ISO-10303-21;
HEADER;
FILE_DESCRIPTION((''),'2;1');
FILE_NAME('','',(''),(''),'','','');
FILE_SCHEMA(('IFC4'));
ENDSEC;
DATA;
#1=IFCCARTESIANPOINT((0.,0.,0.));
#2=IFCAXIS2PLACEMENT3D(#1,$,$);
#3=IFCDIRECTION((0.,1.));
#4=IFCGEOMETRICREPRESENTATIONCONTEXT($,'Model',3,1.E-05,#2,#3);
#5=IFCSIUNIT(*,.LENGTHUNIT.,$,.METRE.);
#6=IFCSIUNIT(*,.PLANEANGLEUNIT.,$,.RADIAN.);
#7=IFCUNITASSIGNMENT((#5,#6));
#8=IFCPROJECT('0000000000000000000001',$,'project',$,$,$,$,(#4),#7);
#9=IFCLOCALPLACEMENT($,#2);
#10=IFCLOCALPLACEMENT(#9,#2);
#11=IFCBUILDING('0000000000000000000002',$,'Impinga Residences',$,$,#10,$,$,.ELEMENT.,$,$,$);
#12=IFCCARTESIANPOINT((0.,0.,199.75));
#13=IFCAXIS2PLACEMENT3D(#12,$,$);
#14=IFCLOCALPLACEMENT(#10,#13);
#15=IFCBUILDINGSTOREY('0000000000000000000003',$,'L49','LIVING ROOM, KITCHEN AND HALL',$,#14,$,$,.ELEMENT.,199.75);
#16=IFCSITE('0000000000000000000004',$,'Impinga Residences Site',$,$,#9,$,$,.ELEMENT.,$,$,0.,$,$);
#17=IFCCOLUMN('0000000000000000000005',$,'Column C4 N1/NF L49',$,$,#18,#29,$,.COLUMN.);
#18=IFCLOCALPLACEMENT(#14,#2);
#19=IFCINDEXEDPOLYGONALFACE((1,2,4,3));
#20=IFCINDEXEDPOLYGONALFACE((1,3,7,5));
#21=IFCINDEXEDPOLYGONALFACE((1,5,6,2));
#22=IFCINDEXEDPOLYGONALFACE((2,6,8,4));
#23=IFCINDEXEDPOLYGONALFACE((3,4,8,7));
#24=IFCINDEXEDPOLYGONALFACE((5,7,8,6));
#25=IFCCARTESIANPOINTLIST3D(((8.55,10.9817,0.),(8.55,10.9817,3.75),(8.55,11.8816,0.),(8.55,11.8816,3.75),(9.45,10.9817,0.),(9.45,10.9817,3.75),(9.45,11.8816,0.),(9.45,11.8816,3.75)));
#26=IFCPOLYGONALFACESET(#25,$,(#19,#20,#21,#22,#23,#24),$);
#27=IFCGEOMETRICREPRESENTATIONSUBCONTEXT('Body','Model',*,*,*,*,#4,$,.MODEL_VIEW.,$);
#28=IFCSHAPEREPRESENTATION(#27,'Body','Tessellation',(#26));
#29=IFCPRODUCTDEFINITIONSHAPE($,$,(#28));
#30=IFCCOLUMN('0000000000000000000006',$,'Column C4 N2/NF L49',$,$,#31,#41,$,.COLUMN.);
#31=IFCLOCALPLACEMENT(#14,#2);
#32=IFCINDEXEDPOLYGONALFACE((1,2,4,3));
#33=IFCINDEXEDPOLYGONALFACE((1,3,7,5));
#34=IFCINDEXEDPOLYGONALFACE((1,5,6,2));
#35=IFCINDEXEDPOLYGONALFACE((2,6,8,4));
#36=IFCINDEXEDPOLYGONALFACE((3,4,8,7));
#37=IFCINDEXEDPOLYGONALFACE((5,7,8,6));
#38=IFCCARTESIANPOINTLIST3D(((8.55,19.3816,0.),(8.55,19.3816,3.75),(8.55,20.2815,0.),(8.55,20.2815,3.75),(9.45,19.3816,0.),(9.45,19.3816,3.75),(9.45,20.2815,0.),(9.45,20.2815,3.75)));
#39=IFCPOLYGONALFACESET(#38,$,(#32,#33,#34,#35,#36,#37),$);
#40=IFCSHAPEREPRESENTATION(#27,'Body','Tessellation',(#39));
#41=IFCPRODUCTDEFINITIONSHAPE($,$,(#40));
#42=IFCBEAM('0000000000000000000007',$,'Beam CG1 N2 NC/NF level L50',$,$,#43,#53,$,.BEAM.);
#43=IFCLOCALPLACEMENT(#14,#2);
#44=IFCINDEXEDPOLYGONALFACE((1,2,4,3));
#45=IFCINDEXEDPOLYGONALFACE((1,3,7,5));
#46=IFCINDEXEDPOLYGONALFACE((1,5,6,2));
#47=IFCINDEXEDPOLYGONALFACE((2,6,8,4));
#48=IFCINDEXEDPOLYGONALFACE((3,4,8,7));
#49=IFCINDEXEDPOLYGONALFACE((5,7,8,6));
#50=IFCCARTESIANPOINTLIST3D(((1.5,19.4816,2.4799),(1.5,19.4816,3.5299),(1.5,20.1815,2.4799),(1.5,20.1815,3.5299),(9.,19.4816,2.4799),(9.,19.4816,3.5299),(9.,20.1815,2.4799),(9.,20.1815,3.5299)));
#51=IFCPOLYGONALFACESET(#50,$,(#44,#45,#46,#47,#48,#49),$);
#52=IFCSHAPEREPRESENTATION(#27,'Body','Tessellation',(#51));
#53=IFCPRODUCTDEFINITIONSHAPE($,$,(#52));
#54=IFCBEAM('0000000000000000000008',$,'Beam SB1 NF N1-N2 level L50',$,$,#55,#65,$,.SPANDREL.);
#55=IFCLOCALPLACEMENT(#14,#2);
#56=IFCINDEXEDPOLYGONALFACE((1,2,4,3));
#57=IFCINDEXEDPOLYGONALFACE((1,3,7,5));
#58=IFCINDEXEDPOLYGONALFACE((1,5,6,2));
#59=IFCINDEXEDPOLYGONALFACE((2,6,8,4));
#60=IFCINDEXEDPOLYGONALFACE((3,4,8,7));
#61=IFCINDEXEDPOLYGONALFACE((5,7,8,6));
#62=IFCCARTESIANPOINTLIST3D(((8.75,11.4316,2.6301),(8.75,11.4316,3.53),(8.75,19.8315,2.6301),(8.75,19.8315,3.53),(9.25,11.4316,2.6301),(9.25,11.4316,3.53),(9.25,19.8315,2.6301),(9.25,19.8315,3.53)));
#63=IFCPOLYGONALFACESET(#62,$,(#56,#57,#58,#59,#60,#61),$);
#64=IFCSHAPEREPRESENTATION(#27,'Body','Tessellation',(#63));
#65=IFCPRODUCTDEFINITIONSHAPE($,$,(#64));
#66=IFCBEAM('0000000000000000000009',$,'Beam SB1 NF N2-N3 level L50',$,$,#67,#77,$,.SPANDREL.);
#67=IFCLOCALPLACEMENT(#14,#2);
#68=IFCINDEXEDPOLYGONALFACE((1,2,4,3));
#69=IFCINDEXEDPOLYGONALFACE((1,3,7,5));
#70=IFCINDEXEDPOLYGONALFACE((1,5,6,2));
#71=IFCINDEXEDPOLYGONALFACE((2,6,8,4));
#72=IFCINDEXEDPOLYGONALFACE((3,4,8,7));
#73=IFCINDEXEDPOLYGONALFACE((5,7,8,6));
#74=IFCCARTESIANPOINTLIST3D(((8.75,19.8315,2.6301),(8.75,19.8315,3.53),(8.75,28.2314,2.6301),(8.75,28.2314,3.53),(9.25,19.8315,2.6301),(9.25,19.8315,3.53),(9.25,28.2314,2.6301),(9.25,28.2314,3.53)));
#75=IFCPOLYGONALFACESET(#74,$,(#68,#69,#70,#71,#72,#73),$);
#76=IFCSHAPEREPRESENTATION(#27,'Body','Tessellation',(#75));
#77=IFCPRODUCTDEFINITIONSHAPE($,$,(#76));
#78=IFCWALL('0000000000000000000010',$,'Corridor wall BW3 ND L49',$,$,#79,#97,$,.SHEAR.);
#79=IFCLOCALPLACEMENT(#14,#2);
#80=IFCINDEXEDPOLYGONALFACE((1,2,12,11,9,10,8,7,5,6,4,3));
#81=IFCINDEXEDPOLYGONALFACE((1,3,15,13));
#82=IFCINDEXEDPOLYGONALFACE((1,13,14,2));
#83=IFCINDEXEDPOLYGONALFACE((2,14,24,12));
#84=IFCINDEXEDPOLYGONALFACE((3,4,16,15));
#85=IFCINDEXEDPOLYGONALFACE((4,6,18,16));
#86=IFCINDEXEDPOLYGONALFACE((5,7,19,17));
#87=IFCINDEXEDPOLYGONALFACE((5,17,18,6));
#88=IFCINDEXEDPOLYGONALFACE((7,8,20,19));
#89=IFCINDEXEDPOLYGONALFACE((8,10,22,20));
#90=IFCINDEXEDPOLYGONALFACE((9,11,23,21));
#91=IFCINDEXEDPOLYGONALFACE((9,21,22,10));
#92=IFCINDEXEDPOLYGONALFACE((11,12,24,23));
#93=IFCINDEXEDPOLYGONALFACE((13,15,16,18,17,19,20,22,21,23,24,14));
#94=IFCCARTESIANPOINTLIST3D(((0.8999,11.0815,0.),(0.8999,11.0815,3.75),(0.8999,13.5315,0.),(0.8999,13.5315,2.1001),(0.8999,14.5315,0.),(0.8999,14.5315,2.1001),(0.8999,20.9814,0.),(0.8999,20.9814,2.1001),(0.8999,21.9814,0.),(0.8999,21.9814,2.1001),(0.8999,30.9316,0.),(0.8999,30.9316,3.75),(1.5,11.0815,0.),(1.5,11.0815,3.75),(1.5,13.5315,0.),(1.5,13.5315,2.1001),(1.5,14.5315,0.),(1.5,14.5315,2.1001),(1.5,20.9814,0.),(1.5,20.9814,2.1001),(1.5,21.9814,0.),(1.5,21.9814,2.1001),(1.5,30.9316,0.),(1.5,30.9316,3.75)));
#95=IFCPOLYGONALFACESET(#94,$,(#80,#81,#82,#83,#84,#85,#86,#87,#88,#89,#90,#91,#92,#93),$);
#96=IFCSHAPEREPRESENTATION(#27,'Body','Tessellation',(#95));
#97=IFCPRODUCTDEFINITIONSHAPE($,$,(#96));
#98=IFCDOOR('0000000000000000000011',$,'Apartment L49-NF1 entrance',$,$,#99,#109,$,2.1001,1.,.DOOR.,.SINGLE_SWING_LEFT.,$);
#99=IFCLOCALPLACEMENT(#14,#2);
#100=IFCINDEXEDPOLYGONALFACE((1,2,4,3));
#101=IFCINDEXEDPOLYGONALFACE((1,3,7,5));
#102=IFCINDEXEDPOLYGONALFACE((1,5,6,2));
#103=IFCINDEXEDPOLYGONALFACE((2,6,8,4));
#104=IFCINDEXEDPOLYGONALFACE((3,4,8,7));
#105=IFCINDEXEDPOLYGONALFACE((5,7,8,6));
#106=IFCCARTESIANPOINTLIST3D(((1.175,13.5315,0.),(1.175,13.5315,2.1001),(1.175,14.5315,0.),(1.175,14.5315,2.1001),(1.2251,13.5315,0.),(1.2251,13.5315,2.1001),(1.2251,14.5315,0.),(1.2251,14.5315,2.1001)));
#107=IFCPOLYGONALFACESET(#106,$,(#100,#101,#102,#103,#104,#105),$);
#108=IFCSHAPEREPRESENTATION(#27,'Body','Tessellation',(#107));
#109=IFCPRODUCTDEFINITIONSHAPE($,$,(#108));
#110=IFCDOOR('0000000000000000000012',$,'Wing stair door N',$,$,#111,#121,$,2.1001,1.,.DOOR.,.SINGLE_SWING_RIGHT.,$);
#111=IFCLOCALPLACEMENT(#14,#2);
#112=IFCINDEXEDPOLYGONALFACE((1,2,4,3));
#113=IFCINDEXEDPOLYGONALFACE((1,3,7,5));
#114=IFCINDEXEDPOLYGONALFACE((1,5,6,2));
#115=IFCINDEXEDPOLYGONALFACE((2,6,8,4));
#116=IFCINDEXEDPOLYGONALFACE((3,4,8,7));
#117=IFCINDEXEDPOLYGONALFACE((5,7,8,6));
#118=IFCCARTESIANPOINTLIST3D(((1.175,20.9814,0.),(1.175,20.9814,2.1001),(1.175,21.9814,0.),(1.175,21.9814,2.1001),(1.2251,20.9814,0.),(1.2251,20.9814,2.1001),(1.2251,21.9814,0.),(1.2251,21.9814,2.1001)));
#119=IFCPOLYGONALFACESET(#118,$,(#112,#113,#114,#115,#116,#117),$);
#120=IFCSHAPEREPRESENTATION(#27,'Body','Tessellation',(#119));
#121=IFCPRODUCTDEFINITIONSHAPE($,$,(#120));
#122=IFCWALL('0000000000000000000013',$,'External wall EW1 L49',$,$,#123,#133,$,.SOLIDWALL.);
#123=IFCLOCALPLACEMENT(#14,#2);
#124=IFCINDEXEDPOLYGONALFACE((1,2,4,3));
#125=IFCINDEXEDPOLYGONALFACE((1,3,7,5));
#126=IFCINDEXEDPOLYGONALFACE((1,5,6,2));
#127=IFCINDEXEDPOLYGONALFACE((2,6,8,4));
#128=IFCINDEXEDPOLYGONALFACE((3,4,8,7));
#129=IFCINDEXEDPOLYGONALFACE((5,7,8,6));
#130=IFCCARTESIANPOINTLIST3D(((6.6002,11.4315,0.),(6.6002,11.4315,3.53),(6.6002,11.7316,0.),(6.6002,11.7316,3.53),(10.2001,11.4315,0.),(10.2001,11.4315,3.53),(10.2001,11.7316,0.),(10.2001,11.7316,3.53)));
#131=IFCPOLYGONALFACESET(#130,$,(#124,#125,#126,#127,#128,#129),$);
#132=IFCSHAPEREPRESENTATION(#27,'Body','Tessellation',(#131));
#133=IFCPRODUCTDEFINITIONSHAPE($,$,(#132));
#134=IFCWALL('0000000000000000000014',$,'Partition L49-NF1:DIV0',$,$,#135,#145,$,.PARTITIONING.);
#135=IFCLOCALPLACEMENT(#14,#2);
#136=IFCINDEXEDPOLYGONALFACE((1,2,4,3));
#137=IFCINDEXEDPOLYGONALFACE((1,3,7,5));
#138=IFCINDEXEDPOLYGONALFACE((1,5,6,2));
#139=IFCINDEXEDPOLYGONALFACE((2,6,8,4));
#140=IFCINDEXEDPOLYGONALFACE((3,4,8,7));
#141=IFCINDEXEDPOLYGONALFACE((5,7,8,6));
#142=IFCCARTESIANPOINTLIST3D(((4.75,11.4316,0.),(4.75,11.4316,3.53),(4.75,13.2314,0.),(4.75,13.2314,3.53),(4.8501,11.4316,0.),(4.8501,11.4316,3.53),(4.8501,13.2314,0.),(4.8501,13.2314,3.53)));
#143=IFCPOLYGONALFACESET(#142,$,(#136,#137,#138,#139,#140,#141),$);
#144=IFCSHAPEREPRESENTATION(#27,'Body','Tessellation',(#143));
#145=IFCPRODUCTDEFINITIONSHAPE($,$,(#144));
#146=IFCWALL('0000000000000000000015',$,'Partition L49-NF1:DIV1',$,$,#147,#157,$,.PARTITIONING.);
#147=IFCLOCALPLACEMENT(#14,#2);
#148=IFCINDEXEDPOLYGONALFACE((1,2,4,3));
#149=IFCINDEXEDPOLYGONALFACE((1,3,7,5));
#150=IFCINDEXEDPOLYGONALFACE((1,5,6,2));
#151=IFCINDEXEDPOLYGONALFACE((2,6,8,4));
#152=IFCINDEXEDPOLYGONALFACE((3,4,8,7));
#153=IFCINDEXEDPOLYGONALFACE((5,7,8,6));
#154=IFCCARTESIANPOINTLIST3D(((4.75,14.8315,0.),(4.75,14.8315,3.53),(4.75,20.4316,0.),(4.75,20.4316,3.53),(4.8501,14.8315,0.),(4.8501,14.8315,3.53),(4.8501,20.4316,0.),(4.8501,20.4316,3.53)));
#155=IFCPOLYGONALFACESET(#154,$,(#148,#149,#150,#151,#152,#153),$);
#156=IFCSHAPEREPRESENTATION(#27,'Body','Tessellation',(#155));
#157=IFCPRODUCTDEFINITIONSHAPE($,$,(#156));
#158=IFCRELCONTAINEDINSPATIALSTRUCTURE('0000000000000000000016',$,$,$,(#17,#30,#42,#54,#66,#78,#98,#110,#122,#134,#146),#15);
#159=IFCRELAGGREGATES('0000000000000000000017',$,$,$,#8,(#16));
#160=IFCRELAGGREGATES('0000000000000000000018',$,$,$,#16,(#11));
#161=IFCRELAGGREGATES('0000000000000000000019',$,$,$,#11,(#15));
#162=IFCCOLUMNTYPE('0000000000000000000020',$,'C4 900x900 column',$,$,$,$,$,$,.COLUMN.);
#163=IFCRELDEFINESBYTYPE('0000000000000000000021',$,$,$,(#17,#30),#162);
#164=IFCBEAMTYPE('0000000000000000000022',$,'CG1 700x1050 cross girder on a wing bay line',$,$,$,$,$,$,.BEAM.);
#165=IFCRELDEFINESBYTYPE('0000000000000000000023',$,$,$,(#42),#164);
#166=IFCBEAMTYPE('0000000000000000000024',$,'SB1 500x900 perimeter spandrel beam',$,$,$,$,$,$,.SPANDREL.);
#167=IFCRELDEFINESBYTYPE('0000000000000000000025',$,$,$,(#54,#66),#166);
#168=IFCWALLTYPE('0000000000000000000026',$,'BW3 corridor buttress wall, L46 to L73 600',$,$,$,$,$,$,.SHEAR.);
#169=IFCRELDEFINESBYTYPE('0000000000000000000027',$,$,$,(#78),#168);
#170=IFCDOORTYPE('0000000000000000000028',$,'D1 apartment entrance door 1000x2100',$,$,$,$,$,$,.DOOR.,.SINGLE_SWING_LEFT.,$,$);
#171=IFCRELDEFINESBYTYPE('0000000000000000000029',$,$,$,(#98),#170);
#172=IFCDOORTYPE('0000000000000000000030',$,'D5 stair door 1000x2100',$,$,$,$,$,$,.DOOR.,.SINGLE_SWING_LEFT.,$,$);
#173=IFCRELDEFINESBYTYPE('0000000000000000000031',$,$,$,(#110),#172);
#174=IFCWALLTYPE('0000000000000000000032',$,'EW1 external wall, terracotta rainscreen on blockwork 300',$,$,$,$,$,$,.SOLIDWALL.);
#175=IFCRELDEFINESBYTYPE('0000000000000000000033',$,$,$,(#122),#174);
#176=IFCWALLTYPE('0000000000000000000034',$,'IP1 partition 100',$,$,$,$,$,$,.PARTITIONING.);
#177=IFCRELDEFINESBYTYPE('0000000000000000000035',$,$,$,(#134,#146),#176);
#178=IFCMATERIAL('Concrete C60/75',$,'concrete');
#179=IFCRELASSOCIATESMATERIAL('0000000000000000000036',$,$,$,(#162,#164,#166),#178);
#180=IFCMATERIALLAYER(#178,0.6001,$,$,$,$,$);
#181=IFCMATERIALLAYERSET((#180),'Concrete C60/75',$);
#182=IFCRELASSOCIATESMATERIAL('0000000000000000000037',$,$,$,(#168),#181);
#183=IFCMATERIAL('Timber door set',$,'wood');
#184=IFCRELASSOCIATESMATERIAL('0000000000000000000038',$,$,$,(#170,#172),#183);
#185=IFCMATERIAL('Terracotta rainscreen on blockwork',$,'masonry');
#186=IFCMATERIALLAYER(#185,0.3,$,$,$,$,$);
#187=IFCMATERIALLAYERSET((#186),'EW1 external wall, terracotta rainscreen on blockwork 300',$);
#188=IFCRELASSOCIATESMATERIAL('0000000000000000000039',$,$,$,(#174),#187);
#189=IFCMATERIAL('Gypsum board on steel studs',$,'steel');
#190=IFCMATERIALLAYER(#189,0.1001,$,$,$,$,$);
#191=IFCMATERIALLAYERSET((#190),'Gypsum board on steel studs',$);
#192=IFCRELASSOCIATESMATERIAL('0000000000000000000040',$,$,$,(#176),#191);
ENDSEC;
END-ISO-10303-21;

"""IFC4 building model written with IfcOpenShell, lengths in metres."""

from ifc_helpers import new_model, si_unit, direction, frame, frame_2d, origin, origin_2d, place, context, subcontext, project, spatial, rectangle, extrude, material, layer, layer_set, material_profile, profile_set, type_object, element, fill, save


model = new_model("IFC4")

# Units and contexts
model_context = context("Model", 3, precision=1e-05, world=origin(), true_north=direction((0.0, 1.0)))
body_context = subcontext(model_context, "Body", "Model", "MODEL_VIEW")
ifc_project = project(units=[si_unit("LENGTHUNIT", "METRE"), si_unit("PLANEANGLEUNIT", "RADIAN")], contexts=[model_context])

# Site, building, storey
site_placement = place(None, origin())
site = spatial("IfcSite", under=ifc_project, at=site_placement, Name="Impinga Residences Site", CompositionType="ELEMENT", RefElevation=0.0)
building_placement = place(site_placement, origin())
building = spatial("IfcBuilding", under=site, at=building_placement, Name="Impinga Residences", CompositionType="ELEMENT")
storey_placement = place(building_placement, frame((0.0, 0.0, 199.75)))
storey = spatial("IfcBuildingStorey", under=building, at=storey_placement, Name="L49", Description="LIVING ROOM, KITCHEN AND HALL", CompositionType="ELEMENT", Elevation=199.75)

# Columns
ifc_material_1 = material(Name="Concrete C60/75", Category="concrete")
ifc_material_profile_1 = material_profile(ifc_material_1, rectangle(XDim=0.8999, YDim=0.8999, at=origin_2d()), Name="RC 900x900")
ifc_profile_set_1 = profile_set([ifc_material_profile_1], Name="Concrete C60/75")
column_type = type_object("IfcColumnType", Name="C4 900x900 column", PredefinedType="COLUMN", material=ifc_profile_set_1)
for number, where, z_axis, x_axis, name in (
    (1, (9.0, 11.4316, 0.0), (0.0, 0.0, 1.0), (1.0, 0.0, 0.0), "Column C4 N1/NF L49"),
    (2, (9.0, 19.8315, 0.0), (0.0, 0.0, 1.0), (1.0, 0.0, 0.0), "Column C4 N2/NF L49"),
):
    element("IfcColumn", number, at=place(storey_placement, frame(where, z_axis=z_axis, x_axis=x_axis)), inside=storey, type_object=column_type, Name=name, PredefinedType="COLUMN", context=body_context, shape_type="SweptSolid", body=[
        extrude(rectangle(XDim=0.8999, YDim=0.8999, at=origin_2d()), origin(), (0.0, 0.0, 1.0), 3.75),
    ])

# Beams
ifc_material_profile_2 = material_profile(ifc_material_1, rectangle(XDim=0.7, YDim=1.05, at=origin_2d()), Name="RC 700x1050")
ifc_profile_set_2 = profile_set([ifc_material_profile_2], Name="Concrete C60/75")
beam_type_1 = type_object("IfcBeamType", Name="CG1 700x1050 cross girder on a wing bay line", PredefinedType="BEAM", material=ifc_profile_set_2)
beam_placement = place(storey_placement, frame((1.5, 19.8315, 3.0049), z_axis=(1.0, 0.0, 0.0), x_axis=(0.0, 1.0, 0.0)))
element("IfcBeam", 3, at=beam_placement, inside=storey, type_object=beam_type_1, Name="Beam CG1 N2 NC/NF level L50", PredefinedType="BEAM", context=body_context, shape_type="SweptSolid", body=[
    extrude(rectangle(XDim=0.7, YDim=1.05, at=origin_2d()), origin(), (0.0, 0.0, 1.0), 7.5),
])
ifc_material_profile_3 = material_profile(ifc_material_1, rectangle(XDim=0.5, YDim=0.8999, at=origin_2d()), Name="RC 500x900")
ifc_profile_set_3 = profile_set([ifc_material_profile_3], Name="Concrete C60/75")
beam_type_2 = type_object("IfcBeamType", Name="SB1 500x900 perimeter spandrel beam", PredefinedType="SPANDREL", material=ifc_profile_set_3)
for number, where, z_axis, x_axis, name in (
    (4, (9.0, 11.4316, 3.0801), (0.0, 1.0, 0.0), (-1.0, 0.0, 0.0), "Beam SB1 NF N1-N2 level L50"),
    (5, (9.0, 19.8315, 3.0801), (0.0, 1.0, 0.0), (-1.0, 0.0, 0.0), "Beam SB1 NF N2-N3 level L50"),
):
    element("IfcBeam", number, at=place(storey_placement, frame(where, z_axis=z_axis, x_axis=x_axis)), inside=storey, type_object=beam_type_2, Name=name, PredefinedType="SPANDREL", context=body_context, shape_type="SweptSolid", body=[
        extrude(rectangle(XDim=0.5, YDim=0.8999, at=origin_2d()), origin(), (0.0, 0.0, 1.0), 8.3999),
    ])

# Wall, openings, doors
ifc_layer_1 = layer(ifc_material_1, 0.6001)
ifc_layer_set_1 = layer_set([ifc_layer_1], Name="Concrete C60/75")
wall_type_1 = type_object("IfcWallType", Name="BW3 corridor buttress wall, L46 to L73 600", PredefinedType="SHEAR", material=ifc_layer_set_1)
wall_1_placement = place(storey_placement, frame((1.2, 11.0815, 0.0), z_axis=(0.0, 0.0, 1.0), x_axis=(0.0, 1.0, 0.0)))
wall_1 = element("IfcWall", 6, at=wall_1_placement, inside=storey, type_object=wall_type_1, Name="Corridor wall BW3 ND L49", PredefinedType="SHEAR", context=body_context, shape_type="SweptSolid", body=[
    extrude(rectangle(XDim=19.8501, YDim=0.6001, at=frame_2d((9.925, 0.0))), origin(), (0.0, 0.0, 1.0), 3.75),
])
opening_1_placement = place(wall_1_placement, frame((9.8999, 0.0, 0.0)))
opening_1 = element("IfcOpeningElement", 7, at=opening_1_placement, cuts=wall_1, PredefinedType="OPENING", context=body_context, shape_type="SweptSolid", body=[
    extrude(rectangle(XDim=1.0, YDim=2.1001, at=frame_2d((0.5, 1.05))), frame((0.0, 0.3101, 0.0), z_axis=(0.0, -1.0, 0.0), x_axis=(1.0, 0.0, 0.0)), (0.0, 0.0, 1.0), 0.6201),
])
opening_2_placement = place(wall_1_placement, frame((2.45, 0.0, 0.0)))
opening_2 = element("IfcOpeningElement", 8, at=opening_2_placement, cuts=wall_1, PredefinedType="OPENING", context=body_context, shape_type="SweptSolid", body=[
    extrude(rectangle(XDim=1.0, YDim=2.1001, at=frame_2d((0.5, 1.05))), frame((0.0, 0.3101, 0.0), z_axis=(0.0, -1.0, 0.0), x_axis=(1.0, 0.0, 0.0)), (0.0, 0.0, 1.0), 0.6201),
])
ifc_material_2 = material(Name="Timber door set", Category="wood")
door_type_1 = type_object("IfcDoorType", Name="D1 apartment entrance door 1000x2100", OperationType="SINGLE_SWING_LEFT", PredefinedType="DOOR", material=ifc_material_2)
door_1_placement = place(opening_2_placement, origin())
door_1 = element("IfcDoor", 9, at=door_1_placement, inside=storey, type_object=door_type_1, Name="Apartment L49-NF1 entrance", OperationType="SINGLE_SWING_LEFT", OverallHeight=2.1001, OverallWidth=1.0, PredefinedType="DOOR", context=body_context, shape_type="SweptSolid", body=[
    extrude(rectangle(XDim=1.0, YDim=2.1001, at=frame_2d((0.5, 1.05))), frame((0.0, 0.0249, 0.0), z_axis=(0.0, -1.0, 0.0), x_axis=(1.0, 0.0, 0.0)), (0.0, 0.0, 1.0), 0.05),
])
fill(opening_2, door_1)
door_type_2 = type_object("IfcDoorType", Name="D5 stair door 1000x2100", OperationType="SINGLE_SWING_LEFT", PredefinedType="DOOR", material=ifc_material_2)
door_2_placement = place(opening_1_placement, origin())
door_2 = element("IfcDoor", 10, at=door_2_placement, inside=storey, type_object=door_type_2, Name="Wing stair door N", OperationType="SINGLE_SWING_RIGHT", OverallHeight=2.1001, OverallWidth=1.0, PredefinedType="DOOR", context=body_context, shape_type="SweptSolid", body=[
    extrude(rectangle(XDim=1.0, YDim=2.1001, at=frame_2d((0.5, 1.05))), frame((0.0, 0.0249, 0.0), z_axis=(0.0, -1.0, 0.0), x_axis=(1.0, 0.0, 0.0)), (0.0, 0.0, 1.0), 0.05),
])
fill(opening_1, door_2)

# Walls
ifc_material_3 = material(Name="Terracotta rainscreen on blockwork", Category="masonry")
ifc_layer_2 = layer(ifc_material_3, 0.3)
ifc_layer_set_2 = layer_set([ifc_layer_2], Name="EW1 external wall, terracotta rainscreen on blockwork 300")
wall_type_2 = type_object("IfcWallType", Name="EW1 external wall, terracotta rainscreen on blockwork 300", PredefinedType="SOLIDWALL", material=ifc_layer_set_2)
wall_2_placement = place(storey_placement, frame((10.2, 11.5815, 0.0), z_axis=(0.0, 0.0, 1.0), x_axis=(-1.0, 0.0, 0.0)))
element("IfcWall", 11, at=wall_2_placement, inside=storey, type_object=wall_type_2, Name="External wall EW1 L49", PredefinedType="SOLIDWALL", context=body_context, shape_type="SweptSolid", body=[
    extrude(rectangle(XDim=3.5999, YDim=0.3, at=frame_2d((1.7998, 0.0))), origin(), (0.0, 0.0, 1.0), 3.53),
])
ifc_material_4 = material(Name="Gypsum board on steel studs", Category="steel")
ifc_layer_3 = layer(ifc_material_4, 0.1001)
ifc_layer_set_3 = layer_set([ifc_layer_3], Name="Gypsum board on steel studs")
wall_type_3 = type_object("IfcWallType", Name="IP1 partition 100", PredefinedType="PARTITIONING", material=ifc_layer_set_3)
wall_3_placement = place(storey_placement, frame((4.8, 11.4316, 0.0), z_axis=(0.0, 0.0, 1.0), x_axis=(0.0, 1.0, 0.0)))
element("IfcWall", 12, at=wall_3_placement, inside=storey, type_object=wall_type_3, Name="Partition L49-NF1:DIV0", PredefinedType="PARTITIONING", context=body_context, shape_type="SweptSolid", body=[
    extrude(rectangle(XDim=1.7998, YDim=0.1001, at=frame_2d((0.8999, 0.0))), origin(), (0.0, 0.0, 1.0), 3.53),
])
wall_4_placement = place(storey_placement, frame((4.8, 14.8315, 0.0), z_axis=(0.0, 0.0, 1.0), x_axis=(0.0, 1.0, 0.0)))
element("IfcWall", 13, at=wall_4_placement, inside=storey, type_object=wall_type_3, Name="Partition L49-NF1:DIV1", PredefinedType="PARTITIONING", context=body_context, shape_type="SweptSolid", body=[
    extrude(rectangle(XDim=5.6001, YDim=0.1001, at=frame_2d((2.8, 0.0))), origin(), (0.0, 0.0, 1.0), 3.53),
])

save(model, "model.ifc")
